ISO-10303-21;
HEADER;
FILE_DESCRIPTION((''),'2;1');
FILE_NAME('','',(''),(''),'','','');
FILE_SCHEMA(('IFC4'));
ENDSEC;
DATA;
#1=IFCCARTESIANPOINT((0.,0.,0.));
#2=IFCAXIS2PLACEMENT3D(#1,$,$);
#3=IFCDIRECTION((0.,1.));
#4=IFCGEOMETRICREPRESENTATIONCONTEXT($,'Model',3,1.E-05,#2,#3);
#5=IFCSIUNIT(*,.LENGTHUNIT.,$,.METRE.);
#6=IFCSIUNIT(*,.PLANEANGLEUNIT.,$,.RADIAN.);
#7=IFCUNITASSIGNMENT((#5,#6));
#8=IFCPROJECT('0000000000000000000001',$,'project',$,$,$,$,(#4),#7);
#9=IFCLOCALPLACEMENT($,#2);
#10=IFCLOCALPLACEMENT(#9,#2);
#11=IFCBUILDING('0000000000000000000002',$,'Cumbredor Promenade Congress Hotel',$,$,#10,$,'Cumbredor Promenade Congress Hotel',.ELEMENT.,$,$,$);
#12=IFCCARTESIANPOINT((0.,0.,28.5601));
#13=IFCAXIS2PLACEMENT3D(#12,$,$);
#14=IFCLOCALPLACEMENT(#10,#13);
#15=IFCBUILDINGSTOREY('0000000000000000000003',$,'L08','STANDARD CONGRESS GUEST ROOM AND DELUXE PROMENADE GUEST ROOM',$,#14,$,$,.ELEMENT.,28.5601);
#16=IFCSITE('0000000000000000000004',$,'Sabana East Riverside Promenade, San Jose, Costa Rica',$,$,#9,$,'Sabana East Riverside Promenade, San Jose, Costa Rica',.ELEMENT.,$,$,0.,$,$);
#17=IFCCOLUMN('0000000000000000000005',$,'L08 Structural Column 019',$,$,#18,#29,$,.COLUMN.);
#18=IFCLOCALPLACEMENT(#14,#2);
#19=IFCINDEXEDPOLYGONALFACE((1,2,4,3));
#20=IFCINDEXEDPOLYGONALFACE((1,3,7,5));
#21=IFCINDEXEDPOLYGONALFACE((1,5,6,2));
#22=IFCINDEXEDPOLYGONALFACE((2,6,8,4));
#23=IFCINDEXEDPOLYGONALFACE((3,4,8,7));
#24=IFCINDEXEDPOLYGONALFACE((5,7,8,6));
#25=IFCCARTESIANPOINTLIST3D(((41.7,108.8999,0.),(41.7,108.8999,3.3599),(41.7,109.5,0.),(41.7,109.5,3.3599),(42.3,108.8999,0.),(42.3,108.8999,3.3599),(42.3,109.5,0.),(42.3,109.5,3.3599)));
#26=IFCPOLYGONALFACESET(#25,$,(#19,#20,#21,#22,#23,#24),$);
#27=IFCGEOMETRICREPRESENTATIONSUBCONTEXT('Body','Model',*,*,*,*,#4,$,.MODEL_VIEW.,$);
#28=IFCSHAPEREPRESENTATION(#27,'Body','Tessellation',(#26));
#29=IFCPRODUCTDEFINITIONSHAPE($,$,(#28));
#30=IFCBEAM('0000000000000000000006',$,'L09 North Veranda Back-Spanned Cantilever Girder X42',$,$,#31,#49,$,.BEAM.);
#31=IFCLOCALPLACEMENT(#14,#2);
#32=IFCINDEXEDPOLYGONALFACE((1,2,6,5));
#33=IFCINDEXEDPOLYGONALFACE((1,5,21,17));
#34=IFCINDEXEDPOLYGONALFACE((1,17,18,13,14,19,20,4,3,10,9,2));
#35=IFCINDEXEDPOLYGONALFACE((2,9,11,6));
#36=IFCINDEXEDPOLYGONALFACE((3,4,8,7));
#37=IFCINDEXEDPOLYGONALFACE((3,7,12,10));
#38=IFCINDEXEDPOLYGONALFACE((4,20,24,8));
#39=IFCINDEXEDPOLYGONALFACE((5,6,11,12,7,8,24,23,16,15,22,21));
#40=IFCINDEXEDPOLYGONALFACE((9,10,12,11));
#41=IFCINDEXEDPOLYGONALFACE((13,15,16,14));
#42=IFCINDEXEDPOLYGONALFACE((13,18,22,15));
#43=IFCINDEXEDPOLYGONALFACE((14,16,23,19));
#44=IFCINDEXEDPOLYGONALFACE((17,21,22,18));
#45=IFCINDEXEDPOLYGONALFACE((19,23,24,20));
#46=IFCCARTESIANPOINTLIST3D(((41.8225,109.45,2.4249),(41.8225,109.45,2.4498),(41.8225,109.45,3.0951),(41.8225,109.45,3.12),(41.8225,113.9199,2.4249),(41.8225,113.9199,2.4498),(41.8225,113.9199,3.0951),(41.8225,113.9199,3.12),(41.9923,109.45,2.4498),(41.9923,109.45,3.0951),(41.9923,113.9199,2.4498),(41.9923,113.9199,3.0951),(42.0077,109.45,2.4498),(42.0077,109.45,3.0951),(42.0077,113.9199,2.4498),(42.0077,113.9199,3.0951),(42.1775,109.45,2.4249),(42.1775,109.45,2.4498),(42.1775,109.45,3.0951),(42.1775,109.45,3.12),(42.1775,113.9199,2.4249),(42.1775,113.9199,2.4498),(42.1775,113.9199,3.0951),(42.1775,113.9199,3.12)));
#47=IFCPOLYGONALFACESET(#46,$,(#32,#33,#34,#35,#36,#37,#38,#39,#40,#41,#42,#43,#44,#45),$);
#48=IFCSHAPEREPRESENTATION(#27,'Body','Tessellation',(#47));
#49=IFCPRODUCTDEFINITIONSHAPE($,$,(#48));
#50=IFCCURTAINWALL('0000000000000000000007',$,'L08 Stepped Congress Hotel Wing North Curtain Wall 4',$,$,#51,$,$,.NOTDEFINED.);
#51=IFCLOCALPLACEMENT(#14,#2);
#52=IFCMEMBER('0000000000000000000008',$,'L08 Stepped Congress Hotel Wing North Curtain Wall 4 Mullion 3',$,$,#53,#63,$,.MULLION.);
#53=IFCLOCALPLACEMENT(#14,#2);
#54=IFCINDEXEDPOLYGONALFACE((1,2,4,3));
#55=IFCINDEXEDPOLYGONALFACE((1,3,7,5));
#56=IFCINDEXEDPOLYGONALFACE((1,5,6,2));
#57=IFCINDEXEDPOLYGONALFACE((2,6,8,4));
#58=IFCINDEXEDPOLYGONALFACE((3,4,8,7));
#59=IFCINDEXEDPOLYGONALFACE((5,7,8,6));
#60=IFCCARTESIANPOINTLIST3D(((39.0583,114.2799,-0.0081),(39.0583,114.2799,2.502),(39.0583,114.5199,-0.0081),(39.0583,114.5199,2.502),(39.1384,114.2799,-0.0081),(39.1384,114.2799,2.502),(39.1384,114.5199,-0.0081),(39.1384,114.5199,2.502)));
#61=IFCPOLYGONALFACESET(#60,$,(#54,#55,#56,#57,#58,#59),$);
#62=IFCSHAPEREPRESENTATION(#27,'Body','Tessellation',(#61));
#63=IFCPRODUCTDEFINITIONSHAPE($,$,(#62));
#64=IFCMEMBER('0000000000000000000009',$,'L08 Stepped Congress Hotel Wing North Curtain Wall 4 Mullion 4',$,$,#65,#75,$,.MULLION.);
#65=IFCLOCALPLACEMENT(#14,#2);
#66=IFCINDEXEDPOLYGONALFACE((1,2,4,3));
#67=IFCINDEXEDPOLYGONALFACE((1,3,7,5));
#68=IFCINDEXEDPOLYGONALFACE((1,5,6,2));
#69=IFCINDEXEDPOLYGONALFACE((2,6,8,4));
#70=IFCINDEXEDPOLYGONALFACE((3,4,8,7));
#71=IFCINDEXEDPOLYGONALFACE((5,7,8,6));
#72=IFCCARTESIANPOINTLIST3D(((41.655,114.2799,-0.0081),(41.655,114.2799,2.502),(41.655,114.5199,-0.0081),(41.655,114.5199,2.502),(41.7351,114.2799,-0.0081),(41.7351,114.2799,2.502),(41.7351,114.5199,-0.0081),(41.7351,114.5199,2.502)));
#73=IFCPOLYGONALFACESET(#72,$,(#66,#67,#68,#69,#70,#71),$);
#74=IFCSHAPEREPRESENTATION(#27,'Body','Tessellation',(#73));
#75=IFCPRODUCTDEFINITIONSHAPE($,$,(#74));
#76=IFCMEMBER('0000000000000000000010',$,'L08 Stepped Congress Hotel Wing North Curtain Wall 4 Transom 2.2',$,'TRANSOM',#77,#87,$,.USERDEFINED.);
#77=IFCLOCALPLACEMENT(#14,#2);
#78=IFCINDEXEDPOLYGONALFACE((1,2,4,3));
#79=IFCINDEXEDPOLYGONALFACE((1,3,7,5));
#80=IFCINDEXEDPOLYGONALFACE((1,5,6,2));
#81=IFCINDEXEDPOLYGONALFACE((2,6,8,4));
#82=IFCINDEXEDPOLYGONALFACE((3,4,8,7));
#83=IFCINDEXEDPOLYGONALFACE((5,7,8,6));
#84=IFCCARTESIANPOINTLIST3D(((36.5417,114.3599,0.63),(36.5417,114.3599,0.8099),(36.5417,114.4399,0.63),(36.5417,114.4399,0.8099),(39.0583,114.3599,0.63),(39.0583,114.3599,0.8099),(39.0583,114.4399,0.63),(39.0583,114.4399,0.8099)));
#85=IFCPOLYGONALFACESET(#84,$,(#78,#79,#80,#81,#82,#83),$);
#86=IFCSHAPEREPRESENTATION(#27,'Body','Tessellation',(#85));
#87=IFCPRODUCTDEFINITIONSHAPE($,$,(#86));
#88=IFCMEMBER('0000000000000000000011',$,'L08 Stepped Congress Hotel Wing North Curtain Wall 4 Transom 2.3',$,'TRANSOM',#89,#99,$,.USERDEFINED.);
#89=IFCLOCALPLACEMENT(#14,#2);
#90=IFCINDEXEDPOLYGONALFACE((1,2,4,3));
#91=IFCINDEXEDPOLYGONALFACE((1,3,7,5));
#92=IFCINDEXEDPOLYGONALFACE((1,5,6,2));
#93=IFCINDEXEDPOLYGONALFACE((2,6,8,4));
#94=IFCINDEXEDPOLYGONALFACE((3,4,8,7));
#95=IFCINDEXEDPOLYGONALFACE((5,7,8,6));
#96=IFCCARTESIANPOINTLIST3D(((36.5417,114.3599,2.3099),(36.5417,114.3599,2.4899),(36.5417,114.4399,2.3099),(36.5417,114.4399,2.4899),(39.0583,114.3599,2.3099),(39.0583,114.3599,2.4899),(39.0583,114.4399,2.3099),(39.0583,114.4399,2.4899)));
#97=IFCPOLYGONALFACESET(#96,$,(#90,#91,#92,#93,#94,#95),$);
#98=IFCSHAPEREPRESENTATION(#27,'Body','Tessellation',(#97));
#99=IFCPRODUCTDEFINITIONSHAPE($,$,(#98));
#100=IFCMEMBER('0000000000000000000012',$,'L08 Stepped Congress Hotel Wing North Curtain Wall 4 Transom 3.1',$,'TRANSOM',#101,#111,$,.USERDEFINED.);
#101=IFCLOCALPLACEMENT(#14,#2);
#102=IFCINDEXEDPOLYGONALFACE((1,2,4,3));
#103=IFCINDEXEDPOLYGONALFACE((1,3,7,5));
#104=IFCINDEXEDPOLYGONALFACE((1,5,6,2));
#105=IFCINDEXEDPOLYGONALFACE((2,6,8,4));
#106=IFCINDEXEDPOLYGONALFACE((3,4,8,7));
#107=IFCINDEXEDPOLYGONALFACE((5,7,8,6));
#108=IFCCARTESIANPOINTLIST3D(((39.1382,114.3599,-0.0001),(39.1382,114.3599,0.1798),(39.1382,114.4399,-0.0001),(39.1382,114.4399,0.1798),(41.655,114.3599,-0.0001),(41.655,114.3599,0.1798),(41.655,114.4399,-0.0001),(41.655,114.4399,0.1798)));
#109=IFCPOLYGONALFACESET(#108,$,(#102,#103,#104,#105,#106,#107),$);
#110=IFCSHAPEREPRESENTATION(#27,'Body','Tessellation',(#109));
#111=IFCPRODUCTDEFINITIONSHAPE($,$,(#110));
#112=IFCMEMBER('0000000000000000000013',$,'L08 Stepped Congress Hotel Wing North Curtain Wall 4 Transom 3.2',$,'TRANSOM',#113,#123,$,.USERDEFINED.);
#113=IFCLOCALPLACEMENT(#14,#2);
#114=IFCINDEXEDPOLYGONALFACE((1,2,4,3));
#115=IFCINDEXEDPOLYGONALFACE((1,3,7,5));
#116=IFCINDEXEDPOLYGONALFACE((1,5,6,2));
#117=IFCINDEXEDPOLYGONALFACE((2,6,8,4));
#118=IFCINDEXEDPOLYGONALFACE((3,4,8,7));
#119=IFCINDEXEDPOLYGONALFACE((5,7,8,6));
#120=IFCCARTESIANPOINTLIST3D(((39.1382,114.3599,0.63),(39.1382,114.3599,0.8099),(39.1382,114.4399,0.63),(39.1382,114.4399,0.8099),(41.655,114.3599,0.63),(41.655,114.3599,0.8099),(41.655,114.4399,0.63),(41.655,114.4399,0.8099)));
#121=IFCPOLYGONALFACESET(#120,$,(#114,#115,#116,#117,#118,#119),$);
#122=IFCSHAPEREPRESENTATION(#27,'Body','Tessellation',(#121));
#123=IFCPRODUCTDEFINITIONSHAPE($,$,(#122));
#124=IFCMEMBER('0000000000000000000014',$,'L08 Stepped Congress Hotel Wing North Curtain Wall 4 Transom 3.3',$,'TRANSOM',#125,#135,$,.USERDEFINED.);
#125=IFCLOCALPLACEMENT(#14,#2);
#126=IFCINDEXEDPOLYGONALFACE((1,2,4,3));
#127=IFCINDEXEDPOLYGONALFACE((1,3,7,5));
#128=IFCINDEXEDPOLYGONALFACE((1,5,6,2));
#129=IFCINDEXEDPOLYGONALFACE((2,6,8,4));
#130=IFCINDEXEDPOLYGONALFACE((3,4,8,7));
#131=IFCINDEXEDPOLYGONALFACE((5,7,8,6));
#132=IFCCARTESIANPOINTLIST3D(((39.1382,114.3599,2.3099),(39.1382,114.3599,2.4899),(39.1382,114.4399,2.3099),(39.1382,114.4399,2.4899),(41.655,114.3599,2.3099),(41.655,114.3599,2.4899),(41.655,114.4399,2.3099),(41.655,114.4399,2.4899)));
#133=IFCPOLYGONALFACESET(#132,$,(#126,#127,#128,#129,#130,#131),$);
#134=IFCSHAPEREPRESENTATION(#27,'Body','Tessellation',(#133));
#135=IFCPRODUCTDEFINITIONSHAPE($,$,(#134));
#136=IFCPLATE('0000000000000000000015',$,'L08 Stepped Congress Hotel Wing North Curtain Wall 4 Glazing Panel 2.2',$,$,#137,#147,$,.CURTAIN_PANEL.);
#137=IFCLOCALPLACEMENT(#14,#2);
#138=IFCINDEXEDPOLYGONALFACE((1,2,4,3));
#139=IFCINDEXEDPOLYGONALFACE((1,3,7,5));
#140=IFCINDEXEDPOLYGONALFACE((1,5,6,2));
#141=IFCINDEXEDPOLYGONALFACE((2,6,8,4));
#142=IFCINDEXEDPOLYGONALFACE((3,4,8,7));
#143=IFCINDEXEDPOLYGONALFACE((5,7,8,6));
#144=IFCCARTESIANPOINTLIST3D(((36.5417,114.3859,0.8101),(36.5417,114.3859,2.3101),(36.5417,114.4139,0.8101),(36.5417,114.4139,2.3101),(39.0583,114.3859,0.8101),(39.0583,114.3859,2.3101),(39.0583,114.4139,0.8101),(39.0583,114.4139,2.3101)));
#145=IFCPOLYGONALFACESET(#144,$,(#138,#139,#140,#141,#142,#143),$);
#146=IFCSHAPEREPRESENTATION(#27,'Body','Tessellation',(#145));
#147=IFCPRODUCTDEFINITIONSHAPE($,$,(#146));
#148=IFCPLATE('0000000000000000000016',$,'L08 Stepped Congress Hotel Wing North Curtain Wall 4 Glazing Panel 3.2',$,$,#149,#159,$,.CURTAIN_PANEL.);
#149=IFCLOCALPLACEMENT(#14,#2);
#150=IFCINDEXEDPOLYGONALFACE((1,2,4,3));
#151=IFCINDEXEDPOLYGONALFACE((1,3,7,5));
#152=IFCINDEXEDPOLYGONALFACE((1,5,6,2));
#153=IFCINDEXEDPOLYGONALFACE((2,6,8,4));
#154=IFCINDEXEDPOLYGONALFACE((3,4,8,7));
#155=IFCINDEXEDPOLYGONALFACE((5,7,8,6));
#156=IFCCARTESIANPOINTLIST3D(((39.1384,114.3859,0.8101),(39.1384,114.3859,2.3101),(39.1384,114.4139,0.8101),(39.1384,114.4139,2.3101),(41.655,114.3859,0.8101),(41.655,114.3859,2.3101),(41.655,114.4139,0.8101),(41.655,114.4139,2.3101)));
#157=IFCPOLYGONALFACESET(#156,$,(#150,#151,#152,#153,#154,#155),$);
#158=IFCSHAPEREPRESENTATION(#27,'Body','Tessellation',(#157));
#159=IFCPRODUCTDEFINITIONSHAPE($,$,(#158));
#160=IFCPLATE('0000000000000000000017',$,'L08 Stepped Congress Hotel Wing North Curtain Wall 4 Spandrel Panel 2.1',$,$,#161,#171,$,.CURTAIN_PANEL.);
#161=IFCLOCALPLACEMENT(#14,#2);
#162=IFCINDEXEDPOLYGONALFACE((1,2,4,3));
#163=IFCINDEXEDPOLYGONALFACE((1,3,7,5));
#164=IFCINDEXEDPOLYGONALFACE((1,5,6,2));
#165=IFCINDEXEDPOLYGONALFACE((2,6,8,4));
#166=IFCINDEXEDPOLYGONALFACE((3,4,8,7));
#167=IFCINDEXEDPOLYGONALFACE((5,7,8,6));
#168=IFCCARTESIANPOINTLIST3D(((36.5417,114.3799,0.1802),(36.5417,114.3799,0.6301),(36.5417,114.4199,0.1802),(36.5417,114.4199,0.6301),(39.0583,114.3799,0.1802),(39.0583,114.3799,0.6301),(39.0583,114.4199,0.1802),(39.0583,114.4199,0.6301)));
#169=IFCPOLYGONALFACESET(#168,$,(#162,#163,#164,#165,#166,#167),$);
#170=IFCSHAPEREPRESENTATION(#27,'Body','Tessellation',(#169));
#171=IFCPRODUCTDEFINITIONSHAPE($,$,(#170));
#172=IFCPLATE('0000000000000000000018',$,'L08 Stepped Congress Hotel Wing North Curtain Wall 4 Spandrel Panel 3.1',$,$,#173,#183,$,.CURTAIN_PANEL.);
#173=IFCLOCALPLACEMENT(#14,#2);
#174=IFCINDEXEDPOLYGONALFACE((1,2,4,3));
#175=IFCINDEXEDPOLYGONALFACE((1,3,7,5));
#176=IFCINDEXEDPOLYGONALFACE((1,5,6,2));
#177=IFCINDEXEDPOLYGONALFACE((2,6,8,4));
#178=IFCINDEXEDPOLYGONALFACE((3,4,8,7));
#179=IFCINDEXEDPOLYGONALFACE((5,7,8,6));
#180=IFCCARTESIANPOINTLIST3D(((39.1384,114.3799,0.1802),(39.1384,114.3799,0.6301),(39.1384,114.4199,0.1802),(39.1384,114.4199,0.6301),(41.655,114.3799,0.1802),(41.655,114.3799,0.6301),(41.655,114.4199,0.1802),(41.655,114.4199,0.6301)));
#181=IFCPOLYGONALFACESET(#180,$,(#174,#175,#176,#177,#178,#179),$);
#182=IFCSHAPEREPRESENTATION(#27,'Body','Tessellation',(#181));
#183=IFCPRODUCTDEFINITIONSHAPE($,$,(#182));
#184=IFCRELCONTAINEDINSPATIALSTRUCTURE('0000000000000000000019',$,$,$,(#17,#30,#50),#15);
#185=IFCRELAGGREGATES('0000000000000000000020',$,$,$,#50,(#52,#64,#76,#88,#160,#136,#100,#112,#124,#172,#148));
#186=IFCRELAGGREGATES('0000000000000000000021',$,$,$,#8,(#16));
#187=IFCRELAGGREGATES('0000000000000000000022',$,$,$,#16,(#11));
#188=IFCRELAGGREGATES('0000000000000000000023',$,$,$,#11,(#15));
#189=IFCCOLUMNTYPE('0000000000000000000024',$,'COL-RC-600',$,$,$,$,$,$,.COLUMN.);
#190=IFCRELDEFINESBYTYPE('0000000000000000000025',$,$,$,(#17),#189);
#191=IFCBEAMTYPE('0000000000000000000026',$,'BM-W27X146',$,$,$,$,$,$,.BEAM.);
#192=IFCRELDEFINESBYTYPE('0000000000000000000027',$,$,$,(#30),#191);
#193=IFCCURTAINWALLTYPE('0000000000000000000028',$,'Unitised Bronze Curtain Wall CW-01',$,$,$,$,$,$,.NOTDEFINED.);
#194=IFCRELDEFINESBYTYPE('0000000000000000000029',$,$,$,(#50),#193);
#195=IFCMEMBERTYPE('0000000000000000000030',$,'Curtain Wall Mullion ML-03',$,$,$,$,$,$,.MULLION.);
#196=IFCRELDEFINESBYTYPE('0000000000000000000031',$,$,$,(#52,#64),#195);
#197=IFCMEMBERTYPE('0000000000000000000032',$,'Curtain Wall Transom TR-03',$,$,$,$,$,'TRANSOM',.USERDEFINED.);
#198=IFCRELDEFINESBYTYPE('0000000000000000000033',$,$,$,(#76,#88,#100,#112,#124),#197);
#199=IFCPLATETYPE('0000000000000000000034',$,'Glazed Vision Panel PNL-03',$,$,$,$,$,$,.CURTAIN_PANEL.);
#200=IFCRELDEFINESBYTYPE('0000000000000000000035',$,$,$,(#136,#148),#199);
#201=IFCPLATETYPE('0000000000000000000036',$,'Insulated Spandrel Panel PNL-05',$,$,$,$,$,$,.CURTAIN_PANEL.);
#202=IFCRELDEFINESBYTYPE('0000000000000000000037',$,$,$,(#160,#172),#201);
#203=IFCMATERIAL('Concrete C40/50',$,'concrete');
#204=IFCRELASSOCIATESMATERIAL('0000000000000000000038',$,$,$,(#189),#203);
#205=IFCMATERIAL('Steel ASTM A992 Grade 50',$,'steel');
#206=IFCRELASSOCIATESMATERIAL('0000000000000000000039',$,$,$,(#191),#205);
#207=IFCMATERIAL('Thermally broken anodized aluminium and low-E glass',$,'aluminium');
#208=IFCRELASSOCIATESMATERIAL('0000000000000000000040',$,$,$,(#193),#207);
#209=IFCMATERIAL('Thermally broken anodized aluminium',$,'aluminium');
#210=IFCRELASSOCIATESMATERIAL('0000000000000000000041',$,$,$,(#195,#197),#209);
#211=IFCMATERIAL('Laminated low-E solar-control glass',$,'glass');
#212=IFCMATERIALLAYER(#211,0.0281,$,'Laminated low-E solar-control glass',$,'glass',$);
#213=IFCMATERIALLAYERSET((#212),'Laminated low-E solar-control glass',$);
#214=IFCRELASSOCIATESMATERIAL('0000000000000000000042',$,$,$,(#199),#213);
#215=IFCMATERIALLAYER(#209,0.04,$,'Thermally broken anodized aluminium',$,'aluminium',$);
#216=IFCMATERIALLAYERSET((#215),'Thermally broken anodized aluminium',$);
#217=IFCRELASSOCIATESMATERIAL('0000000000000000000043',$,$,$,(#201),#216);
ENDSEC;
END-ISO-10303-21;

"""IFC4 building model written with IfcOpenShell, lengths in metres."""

from ifc_helpers import new_model, si_unit, direction, frame, origin, origin_2d, place, context, subcontext, project, spatial, rectangle, i_section, extrude, material, layer, layer_set, material_profile, profile_set, type_object, element, aggregate, save


model = new_model("IFC4")

# Units and contexts
model_context = context("Model", 3, precision=1e-05, world=origin(), true_north=direction((0.0, 1.0)))
body_context = subcontext(model_context, "Body", "Model", "MODEL_VIEW")
ifc_project = project(units=[si_unit("LENGTHUNIT", "METRE"), si_unit("PLANEANGLEUNIT", "RADIAN")], contexts=[model_context])

# Site, building, storey
site_placement = place(None, origin())
site = spatial("IfcSite", under=ifc_project, at=site_placement, Name="Sabana East Riverside Promenade, San Jose, Costa Rica", LongName="Sabana East Riverside Promenade, San Jose, Costa Rica", CompositionType="ELEMENT", RefElevation=0.0)
building_placement = place(site_placement, origin())
building = spatial("IfcBuilding", under=site, at=building_placement, Name="Cumbredor Promenade Congress Hotel", LongName="Cumbredor Promenade Congress Hotel", CompositionType="ELEMENT")
storey_placement = place(building_placement, frame((0.0, 0.0, 28.5601)))
storey = spatial("IfcBuildingStorey", under=building, at=storey_placement, Name="L08", Description="STANDARD CONGRESS GUEST ROOM AND DELUXE PROMENADE GUEST ROOM", CompositionType="ELEMENT", Elevation=28.5601)

# Column
ifc_material_1 = material(Name="Concrete C40/50", Category="concrete")
ifc_material_profile_1 = material_profile(ifc_material_1, rectangle(XDim=0.6001, YDim=0.6001, at=origin_2d()), Name="RC 600x600")
ifc_profile_set_1 = profile_set([ifc_material_profile_1], Name="Concrete C40/50")
column_type = type_object("IfcColumnType", Name="COL-RC-600", PredefinedType="COLUMN", material=ifc_profile_set_1)
column_placement = place(storey_placement, frame((42.0, 109.2, 0.0), z_axis=(0.0, 0.0, 1.0), x_axis=(1.0, 0.0, 0.0)))
element("IfcColumn", 1, at=column_placement, inside=storey, type_object=column_type, Name="L08 Structural Column 019", PredefinedType="COLUMN", context=body_context, shape_type="SweptSolid", body=[
    extrude(rectangle(XDim=0.6001, YDim=0.6001, at=origin_2d()), origin(), (0.0, 0.0, 1.0), 3.3599),
])

# Beam
ifc_material_2 = material(Name="Steel ASTM A992 Grade 50", Category="steel")
ifc_material_profile_2 = material_profile(ifc_material_2, i_section(OverallWidth=0.355, OverallDepth=0.6951, WebThickness=0.0154, FlangeThickness=0.0249, at=origin_2d()), Name="W27X146")
ifc_profile_set_2 = profile_set([ifc_material_profile_2], Name="Steel ASTM A992 Grade 50")
beam_type = type_object("IfcBeamType", Name="BM-W27X146", PredefinedType="BEAM", material=ifc_profile_set_2)
beam_placement = place(storey_placement, frame((42.0, 109.45, 2.7725), z_axis=(0.0, 1.0, 0.0), x_axis=(-1.0, 0.0, 0.0)))
element("IfcBeam", 2, at=beam_placement, inside=storey, type_object=beam_type, Name="L09 North Veranda Back-Spanned Cantilever Girder X42", PredefinedType="BEAM", context=body_context, shape_type="SweptSolid", body=[
    extrude(i_section(OverallWidth=0.355, OverallDepth=0.6951, WebThickness=0.0154, FlangeThickness=0.0249, at=origin_2d()), origin(), (0.0, 0.0, 1.0), 4.47),
])

# Curtain wall, members, plates
ifc_material_3 = material(Name="Thermally broken anodized aluminium and low-E glass", Category="aluminium")
curtain_wall_type = type_object("IfcCurtainWallType", Name="Unitised Bronze Curtain Wall CW-01", PredefinedType="NOTDEFINED", material=ifc_material_3)
curtain_wall_placement = place(storey_placement, origin())
curtain_wall = element("IfcCurtainWall", 3, at=curtain_wall_placement, inside=storey, type_object=curtain_wall_type, Name="L08 Stepped Congress Hotel Wing North Curtain Wall 4", PredefinedType="NOTDEFINED")
ifc_material_4 = material(Name="Thermally broken anodized aluminium", Category="aluminium")
ifc_material_profile_3 = material_profile(ifc_material_4, rectangle(XDim=0.0801, YDim=0.24, at=origin_2d()), Name="ALU MULLION 80x240")
ifc_profile_set_3 = profile_set([ifc_material_profile_3], Name="Thermally broken anodized aluminium")
member_type_1 = type_object("IfcMemberType", Name="Curtain Wall Mullion ML-03", PredefinedType="MULLION", material=ifc_profile_set_3)
member_1_placement = place(storey_placement, frame((39.0984, 114.3999, -0.0081), z_axis=(0.0, 0.0, 1.0), x_axis=(1.0, 0.0, 0.0)))
member_1 = element("IfcMember", 4, at=member_1_placement, type_object=member_type_1, Name="L08 Stepped Congress Hotel Wing North Curtain Wall 4 Mullion 3", PredefinedType="MULLION", context=body_context, shape_type="SweptSolid", body=[
    extrude(rectangle(XDim=0.0801, YDim=0.24, at=origin_2d()), origin(), (0.0, 0.0, 1.0), 2.51),
])
member_2_placement = place(storey_placement, frame((41.6951, 114.3999, -0.0081), z_axis=(0.0, 0.0, 1.0), x_axis=(1.0, 0.0, 0.0)))
member_2 = element("IfcMember", 5, at=member_2_placement, type_object=member_type_1, Name="L08 Stepped Congress Hotel Wing North Curtain Wall 4 Mullion 4", PredefinedType="MULLION", context=body_context, shape_type="SweptSolid", body=[
    extrude(rectangle(XDim=0.0801, YDim=0.24, at=origin_2d()), origin(), (0.0, 0.0, 1.0), 2.51),
])
ifc_material_profile_4 = material_profile(ifc_material_4, rectangle(XDim=0.0801, YDim=0.1799, at=origin_2d()), Name="ALU TRANSOM 80x180")
ifc_profile_set_4 = profile_set([ifc_material_profile_4], Name="Thermally broken anodized aluminium")
member_type_2 = type_object("IfcMemberType", Name="Curtain Wall Transom TR-03", ElementType="TRANSOM", PredefinedType="USERDEFINED", material=ifc_profile_set_4)
member_3_placement = place(storey_placement, frame((36.5417, 114.3999, 0.72), z_axis=(1.0, 0.0, 0.0), x_axis=(0.0, 1.0, 0.0)))
member_3 = element("IfcMember", 6, at=member_3_placement, type_object=member_type_2, Name="L08 Stepped Congress Hotel Wing North Curtain Wall 4 Transom 2.2", ObjectType="TRANSOM", PredefinedType="USERDEFINED", context=body_context, shape_type="SweptSolid", body=[
    extrude(rectangle(XDim=0.0801, YDim=0.1799, at=origin_2d()), origin(), (0.0, 0.0, 1.0), 2.5166),
])
member_4_placement = place(storey_placement, frame((36.5417, 114.3999, 2.3999), z_axis=(1.0, 0.0, 0.0), x_axis=(0.0, 1.0, 0.0)))
member_4 = element("IfcMember", 7, at=member_4_placement, type_object=member_type_2, Name="L08 Stepped Congress Hotel Wing North Curtain Wall 4 Transom 2.3", ObjectType="TRANSOM", PredefinedType="USERDEFINED", context=body_context, shape_type="SweptSolid", body=[
    extrude(rectangle(XDim=0.0801, YDim=0.1799, at=origin_2d()), origin(), (0.0, 0.0, 1.0), 2.5166),
])
member_5_placement = place(storey_placement, frame((39.1382, 114.3999, 0.0898), z_axis=(1.0, 0.0, 0.0), x_axis=(0.0, 1.0, 0.0)))
member_5 = element("IfcMember", 8, at=member_5_placement, type_object=member_type_2, Name="L08 Stepped Congress Hotel Wing North Curtain Wall 4 Transom 3.1", ObjectType="TRANSOM", PredefinedType="USERDEFINED", context=body_context, shape_type="SweptSolid", body=[
    extrude(rectangle(XDim=0.0801, YDim=0.1799, at=origin_2d()), origin(), (0.0, 0.0, 1.0), 2.5168),
])
member_6_placement = place(storey_placement, frame((39.1382, 114.3999, 0.72), z_axis=(1.0, 0.0, 0.0), x_axis=(0.0, 1.0, 0.0)))
member_6 = element("IfcMember", 9, at=member_6_placement, type_object=member_type_2, Name="L08 Stepped Congress Hotel Wing North Curtain Wall 4 Transom 3.2", ObjectType="TRANSOM", PredefinedType="USERDEFINED", context=body_context, shape_type="SweptSolid", body=[
    extrude(rectangle(XDim=0.0801, YDim=0.1799, at=origin_2d()), origin(), (0.0, 0.0, 1.0), 2.5168),
])
member_7_placement = place(storey_placement, frame((39.1382, 114.3999, 2.3999), z_axis=(1.0, 0.0, 0.0), x_axis=(0.0, 1.0, 0.0)))
member_7 = element("IfcMember", 10, at=member_7_placement, type_object=member_type_2, Name="L08 Stepped Congress Hotel Wing North Curtain Wall 4 Transom 3.3", ObjectType="TRANSOM", PredefinedType="USERDEFINED", context=body_context, shape_type="SweptSolid", body=[
    extrude(rectangle(XDim=0.0801, YDim=0.1799, at=origin_2d()), origin(), (0.0, 0.0, 1.0), 2.5168),
])
ifc_material_5 = material(Name="Laminated low-E solar-control glass", Category="glass")
ifc_layer_1 = layer(ifc_material_5, 0.0281, Name="Laminated low-E solar-control glass", Category="glass")
ifc_layer_set_1 = layer_set([ifc_layer_1], Name="Laminated low-E solar-control glass")
plate_type_1 = type_object("IfcPlateType", Name="Glazed Vision Panel PNL-03", PredefinedType="CURTAIN_PANEL", material=ifc_layer_set_1)
plate_1_placement = place(storey_placement, frame((37.8, 114.3999, 0.8101), z_axis=(0.0, 0.0, 1.0), x_axis=(1.0, 0.0, 0.0)))
plate_1 = element("IfcPlate", 11, at=plate_1_placement, type_object=plate_type_1, Name="L08 Stepped Congress Hotel Wing North Curtain Wall 4 Glazing Panel 2.2", PredefinedType="CURTAIN_PANEL", context=body_context, shape_type="SweptSolid", body=[
    extrude(rectangle(XDim=2.5166, YDim=0.0281, at=origin_2d()), origin(), (0.0, 0.0, 1.0), 1.5),
])
plate_2_placement = place(storey_placement, frame((40.3967, 114.3999, 0.8101), z_axis=(0.0, 0.0, 1.0), x_axis=(1.0, 0.0, 0.0)))
plate_2 = element("IfcPlate", 12, at=plate_2_placement, type_object=plate_type_1, Name="L08 Stepped Congress Hotel Wing North Curtain Wall 4 Glazing Panel 3.2", PredefinedType="CURTAIN_PANEL", context=body_context, shape_type="SweptSolid", body=[
    extrude(rectangle(XDim=2.5166, YDim=0.0281, at=origin_2d()), origin(), (0.0, 0.0, 1.0), 1.5),
])
ifc_layer_2 = layer(ifc_material_4, 0.04, Name="Thermally broken anodized aluminium", Category="aluminium")
ifc_layer_set_2 = layer_set([ifc_layer_2], Name="Thermally broken anodized aluminium")
plate_type_2 = type_object("IfcPlateType", Name="Insulated Spandrel Panel PNL-05", PredefinedType="CURTAIN_PANEL", material=ifc_layer_set_2)
plate_3_placement = place(storey_placement, frame((37.8, 114.3999, 0.1802), z_axis=(0.0, 0.0, 1.0), x_axis=(1.0, 0.0, 0.0)))
plate_3 = element("IfcPlate", 13, at=plate_3_placement, type_object=plate_type_2, Name="L08 Stepped Congress Hotel Wing North Curtain Wall 4 Spandrel Panel 2.1", PredefinedType="CURTAIN_PANEL", context=body_context, shape_type="SweptSolid", body=[
    extrude(rectangle(XDim=2.5166, YDim=0.04, at=origin_2d()), origin(), (0.0, 0.0, 1.0), 0.45),
])
plate_4_placement = place(storey_placement, frame((40.3967, 114.3999, 0.1802), z_axis=(0.0, 0.0, 1.0), x_axis=(1.0, 0.0, 0.0)))
plate_4 = element("IfcPlate", 14, at=plate_4_placement, type_object=plate_type_2, Name="L08 Stepped Congress Hotel Wing North Curtain Wall 4 Spandrel Panel 3.1", PredefinedType="CURTAIN_PANEL", context=body_context, shape_type="SweptSolid", body=[
    extrude(rectangle(XDim=2.5166, YDim=0.04, at=origin_2d()), origin(), (0.0, 0.0, 1.0), 0.45),
])
aggregate(curtain_wall, [member_1, member_2, member_3, member_4, plate_3, plate_1, member_5, member_6, member_7, plate_4, plate_2])

save(model, "model.ifc")
